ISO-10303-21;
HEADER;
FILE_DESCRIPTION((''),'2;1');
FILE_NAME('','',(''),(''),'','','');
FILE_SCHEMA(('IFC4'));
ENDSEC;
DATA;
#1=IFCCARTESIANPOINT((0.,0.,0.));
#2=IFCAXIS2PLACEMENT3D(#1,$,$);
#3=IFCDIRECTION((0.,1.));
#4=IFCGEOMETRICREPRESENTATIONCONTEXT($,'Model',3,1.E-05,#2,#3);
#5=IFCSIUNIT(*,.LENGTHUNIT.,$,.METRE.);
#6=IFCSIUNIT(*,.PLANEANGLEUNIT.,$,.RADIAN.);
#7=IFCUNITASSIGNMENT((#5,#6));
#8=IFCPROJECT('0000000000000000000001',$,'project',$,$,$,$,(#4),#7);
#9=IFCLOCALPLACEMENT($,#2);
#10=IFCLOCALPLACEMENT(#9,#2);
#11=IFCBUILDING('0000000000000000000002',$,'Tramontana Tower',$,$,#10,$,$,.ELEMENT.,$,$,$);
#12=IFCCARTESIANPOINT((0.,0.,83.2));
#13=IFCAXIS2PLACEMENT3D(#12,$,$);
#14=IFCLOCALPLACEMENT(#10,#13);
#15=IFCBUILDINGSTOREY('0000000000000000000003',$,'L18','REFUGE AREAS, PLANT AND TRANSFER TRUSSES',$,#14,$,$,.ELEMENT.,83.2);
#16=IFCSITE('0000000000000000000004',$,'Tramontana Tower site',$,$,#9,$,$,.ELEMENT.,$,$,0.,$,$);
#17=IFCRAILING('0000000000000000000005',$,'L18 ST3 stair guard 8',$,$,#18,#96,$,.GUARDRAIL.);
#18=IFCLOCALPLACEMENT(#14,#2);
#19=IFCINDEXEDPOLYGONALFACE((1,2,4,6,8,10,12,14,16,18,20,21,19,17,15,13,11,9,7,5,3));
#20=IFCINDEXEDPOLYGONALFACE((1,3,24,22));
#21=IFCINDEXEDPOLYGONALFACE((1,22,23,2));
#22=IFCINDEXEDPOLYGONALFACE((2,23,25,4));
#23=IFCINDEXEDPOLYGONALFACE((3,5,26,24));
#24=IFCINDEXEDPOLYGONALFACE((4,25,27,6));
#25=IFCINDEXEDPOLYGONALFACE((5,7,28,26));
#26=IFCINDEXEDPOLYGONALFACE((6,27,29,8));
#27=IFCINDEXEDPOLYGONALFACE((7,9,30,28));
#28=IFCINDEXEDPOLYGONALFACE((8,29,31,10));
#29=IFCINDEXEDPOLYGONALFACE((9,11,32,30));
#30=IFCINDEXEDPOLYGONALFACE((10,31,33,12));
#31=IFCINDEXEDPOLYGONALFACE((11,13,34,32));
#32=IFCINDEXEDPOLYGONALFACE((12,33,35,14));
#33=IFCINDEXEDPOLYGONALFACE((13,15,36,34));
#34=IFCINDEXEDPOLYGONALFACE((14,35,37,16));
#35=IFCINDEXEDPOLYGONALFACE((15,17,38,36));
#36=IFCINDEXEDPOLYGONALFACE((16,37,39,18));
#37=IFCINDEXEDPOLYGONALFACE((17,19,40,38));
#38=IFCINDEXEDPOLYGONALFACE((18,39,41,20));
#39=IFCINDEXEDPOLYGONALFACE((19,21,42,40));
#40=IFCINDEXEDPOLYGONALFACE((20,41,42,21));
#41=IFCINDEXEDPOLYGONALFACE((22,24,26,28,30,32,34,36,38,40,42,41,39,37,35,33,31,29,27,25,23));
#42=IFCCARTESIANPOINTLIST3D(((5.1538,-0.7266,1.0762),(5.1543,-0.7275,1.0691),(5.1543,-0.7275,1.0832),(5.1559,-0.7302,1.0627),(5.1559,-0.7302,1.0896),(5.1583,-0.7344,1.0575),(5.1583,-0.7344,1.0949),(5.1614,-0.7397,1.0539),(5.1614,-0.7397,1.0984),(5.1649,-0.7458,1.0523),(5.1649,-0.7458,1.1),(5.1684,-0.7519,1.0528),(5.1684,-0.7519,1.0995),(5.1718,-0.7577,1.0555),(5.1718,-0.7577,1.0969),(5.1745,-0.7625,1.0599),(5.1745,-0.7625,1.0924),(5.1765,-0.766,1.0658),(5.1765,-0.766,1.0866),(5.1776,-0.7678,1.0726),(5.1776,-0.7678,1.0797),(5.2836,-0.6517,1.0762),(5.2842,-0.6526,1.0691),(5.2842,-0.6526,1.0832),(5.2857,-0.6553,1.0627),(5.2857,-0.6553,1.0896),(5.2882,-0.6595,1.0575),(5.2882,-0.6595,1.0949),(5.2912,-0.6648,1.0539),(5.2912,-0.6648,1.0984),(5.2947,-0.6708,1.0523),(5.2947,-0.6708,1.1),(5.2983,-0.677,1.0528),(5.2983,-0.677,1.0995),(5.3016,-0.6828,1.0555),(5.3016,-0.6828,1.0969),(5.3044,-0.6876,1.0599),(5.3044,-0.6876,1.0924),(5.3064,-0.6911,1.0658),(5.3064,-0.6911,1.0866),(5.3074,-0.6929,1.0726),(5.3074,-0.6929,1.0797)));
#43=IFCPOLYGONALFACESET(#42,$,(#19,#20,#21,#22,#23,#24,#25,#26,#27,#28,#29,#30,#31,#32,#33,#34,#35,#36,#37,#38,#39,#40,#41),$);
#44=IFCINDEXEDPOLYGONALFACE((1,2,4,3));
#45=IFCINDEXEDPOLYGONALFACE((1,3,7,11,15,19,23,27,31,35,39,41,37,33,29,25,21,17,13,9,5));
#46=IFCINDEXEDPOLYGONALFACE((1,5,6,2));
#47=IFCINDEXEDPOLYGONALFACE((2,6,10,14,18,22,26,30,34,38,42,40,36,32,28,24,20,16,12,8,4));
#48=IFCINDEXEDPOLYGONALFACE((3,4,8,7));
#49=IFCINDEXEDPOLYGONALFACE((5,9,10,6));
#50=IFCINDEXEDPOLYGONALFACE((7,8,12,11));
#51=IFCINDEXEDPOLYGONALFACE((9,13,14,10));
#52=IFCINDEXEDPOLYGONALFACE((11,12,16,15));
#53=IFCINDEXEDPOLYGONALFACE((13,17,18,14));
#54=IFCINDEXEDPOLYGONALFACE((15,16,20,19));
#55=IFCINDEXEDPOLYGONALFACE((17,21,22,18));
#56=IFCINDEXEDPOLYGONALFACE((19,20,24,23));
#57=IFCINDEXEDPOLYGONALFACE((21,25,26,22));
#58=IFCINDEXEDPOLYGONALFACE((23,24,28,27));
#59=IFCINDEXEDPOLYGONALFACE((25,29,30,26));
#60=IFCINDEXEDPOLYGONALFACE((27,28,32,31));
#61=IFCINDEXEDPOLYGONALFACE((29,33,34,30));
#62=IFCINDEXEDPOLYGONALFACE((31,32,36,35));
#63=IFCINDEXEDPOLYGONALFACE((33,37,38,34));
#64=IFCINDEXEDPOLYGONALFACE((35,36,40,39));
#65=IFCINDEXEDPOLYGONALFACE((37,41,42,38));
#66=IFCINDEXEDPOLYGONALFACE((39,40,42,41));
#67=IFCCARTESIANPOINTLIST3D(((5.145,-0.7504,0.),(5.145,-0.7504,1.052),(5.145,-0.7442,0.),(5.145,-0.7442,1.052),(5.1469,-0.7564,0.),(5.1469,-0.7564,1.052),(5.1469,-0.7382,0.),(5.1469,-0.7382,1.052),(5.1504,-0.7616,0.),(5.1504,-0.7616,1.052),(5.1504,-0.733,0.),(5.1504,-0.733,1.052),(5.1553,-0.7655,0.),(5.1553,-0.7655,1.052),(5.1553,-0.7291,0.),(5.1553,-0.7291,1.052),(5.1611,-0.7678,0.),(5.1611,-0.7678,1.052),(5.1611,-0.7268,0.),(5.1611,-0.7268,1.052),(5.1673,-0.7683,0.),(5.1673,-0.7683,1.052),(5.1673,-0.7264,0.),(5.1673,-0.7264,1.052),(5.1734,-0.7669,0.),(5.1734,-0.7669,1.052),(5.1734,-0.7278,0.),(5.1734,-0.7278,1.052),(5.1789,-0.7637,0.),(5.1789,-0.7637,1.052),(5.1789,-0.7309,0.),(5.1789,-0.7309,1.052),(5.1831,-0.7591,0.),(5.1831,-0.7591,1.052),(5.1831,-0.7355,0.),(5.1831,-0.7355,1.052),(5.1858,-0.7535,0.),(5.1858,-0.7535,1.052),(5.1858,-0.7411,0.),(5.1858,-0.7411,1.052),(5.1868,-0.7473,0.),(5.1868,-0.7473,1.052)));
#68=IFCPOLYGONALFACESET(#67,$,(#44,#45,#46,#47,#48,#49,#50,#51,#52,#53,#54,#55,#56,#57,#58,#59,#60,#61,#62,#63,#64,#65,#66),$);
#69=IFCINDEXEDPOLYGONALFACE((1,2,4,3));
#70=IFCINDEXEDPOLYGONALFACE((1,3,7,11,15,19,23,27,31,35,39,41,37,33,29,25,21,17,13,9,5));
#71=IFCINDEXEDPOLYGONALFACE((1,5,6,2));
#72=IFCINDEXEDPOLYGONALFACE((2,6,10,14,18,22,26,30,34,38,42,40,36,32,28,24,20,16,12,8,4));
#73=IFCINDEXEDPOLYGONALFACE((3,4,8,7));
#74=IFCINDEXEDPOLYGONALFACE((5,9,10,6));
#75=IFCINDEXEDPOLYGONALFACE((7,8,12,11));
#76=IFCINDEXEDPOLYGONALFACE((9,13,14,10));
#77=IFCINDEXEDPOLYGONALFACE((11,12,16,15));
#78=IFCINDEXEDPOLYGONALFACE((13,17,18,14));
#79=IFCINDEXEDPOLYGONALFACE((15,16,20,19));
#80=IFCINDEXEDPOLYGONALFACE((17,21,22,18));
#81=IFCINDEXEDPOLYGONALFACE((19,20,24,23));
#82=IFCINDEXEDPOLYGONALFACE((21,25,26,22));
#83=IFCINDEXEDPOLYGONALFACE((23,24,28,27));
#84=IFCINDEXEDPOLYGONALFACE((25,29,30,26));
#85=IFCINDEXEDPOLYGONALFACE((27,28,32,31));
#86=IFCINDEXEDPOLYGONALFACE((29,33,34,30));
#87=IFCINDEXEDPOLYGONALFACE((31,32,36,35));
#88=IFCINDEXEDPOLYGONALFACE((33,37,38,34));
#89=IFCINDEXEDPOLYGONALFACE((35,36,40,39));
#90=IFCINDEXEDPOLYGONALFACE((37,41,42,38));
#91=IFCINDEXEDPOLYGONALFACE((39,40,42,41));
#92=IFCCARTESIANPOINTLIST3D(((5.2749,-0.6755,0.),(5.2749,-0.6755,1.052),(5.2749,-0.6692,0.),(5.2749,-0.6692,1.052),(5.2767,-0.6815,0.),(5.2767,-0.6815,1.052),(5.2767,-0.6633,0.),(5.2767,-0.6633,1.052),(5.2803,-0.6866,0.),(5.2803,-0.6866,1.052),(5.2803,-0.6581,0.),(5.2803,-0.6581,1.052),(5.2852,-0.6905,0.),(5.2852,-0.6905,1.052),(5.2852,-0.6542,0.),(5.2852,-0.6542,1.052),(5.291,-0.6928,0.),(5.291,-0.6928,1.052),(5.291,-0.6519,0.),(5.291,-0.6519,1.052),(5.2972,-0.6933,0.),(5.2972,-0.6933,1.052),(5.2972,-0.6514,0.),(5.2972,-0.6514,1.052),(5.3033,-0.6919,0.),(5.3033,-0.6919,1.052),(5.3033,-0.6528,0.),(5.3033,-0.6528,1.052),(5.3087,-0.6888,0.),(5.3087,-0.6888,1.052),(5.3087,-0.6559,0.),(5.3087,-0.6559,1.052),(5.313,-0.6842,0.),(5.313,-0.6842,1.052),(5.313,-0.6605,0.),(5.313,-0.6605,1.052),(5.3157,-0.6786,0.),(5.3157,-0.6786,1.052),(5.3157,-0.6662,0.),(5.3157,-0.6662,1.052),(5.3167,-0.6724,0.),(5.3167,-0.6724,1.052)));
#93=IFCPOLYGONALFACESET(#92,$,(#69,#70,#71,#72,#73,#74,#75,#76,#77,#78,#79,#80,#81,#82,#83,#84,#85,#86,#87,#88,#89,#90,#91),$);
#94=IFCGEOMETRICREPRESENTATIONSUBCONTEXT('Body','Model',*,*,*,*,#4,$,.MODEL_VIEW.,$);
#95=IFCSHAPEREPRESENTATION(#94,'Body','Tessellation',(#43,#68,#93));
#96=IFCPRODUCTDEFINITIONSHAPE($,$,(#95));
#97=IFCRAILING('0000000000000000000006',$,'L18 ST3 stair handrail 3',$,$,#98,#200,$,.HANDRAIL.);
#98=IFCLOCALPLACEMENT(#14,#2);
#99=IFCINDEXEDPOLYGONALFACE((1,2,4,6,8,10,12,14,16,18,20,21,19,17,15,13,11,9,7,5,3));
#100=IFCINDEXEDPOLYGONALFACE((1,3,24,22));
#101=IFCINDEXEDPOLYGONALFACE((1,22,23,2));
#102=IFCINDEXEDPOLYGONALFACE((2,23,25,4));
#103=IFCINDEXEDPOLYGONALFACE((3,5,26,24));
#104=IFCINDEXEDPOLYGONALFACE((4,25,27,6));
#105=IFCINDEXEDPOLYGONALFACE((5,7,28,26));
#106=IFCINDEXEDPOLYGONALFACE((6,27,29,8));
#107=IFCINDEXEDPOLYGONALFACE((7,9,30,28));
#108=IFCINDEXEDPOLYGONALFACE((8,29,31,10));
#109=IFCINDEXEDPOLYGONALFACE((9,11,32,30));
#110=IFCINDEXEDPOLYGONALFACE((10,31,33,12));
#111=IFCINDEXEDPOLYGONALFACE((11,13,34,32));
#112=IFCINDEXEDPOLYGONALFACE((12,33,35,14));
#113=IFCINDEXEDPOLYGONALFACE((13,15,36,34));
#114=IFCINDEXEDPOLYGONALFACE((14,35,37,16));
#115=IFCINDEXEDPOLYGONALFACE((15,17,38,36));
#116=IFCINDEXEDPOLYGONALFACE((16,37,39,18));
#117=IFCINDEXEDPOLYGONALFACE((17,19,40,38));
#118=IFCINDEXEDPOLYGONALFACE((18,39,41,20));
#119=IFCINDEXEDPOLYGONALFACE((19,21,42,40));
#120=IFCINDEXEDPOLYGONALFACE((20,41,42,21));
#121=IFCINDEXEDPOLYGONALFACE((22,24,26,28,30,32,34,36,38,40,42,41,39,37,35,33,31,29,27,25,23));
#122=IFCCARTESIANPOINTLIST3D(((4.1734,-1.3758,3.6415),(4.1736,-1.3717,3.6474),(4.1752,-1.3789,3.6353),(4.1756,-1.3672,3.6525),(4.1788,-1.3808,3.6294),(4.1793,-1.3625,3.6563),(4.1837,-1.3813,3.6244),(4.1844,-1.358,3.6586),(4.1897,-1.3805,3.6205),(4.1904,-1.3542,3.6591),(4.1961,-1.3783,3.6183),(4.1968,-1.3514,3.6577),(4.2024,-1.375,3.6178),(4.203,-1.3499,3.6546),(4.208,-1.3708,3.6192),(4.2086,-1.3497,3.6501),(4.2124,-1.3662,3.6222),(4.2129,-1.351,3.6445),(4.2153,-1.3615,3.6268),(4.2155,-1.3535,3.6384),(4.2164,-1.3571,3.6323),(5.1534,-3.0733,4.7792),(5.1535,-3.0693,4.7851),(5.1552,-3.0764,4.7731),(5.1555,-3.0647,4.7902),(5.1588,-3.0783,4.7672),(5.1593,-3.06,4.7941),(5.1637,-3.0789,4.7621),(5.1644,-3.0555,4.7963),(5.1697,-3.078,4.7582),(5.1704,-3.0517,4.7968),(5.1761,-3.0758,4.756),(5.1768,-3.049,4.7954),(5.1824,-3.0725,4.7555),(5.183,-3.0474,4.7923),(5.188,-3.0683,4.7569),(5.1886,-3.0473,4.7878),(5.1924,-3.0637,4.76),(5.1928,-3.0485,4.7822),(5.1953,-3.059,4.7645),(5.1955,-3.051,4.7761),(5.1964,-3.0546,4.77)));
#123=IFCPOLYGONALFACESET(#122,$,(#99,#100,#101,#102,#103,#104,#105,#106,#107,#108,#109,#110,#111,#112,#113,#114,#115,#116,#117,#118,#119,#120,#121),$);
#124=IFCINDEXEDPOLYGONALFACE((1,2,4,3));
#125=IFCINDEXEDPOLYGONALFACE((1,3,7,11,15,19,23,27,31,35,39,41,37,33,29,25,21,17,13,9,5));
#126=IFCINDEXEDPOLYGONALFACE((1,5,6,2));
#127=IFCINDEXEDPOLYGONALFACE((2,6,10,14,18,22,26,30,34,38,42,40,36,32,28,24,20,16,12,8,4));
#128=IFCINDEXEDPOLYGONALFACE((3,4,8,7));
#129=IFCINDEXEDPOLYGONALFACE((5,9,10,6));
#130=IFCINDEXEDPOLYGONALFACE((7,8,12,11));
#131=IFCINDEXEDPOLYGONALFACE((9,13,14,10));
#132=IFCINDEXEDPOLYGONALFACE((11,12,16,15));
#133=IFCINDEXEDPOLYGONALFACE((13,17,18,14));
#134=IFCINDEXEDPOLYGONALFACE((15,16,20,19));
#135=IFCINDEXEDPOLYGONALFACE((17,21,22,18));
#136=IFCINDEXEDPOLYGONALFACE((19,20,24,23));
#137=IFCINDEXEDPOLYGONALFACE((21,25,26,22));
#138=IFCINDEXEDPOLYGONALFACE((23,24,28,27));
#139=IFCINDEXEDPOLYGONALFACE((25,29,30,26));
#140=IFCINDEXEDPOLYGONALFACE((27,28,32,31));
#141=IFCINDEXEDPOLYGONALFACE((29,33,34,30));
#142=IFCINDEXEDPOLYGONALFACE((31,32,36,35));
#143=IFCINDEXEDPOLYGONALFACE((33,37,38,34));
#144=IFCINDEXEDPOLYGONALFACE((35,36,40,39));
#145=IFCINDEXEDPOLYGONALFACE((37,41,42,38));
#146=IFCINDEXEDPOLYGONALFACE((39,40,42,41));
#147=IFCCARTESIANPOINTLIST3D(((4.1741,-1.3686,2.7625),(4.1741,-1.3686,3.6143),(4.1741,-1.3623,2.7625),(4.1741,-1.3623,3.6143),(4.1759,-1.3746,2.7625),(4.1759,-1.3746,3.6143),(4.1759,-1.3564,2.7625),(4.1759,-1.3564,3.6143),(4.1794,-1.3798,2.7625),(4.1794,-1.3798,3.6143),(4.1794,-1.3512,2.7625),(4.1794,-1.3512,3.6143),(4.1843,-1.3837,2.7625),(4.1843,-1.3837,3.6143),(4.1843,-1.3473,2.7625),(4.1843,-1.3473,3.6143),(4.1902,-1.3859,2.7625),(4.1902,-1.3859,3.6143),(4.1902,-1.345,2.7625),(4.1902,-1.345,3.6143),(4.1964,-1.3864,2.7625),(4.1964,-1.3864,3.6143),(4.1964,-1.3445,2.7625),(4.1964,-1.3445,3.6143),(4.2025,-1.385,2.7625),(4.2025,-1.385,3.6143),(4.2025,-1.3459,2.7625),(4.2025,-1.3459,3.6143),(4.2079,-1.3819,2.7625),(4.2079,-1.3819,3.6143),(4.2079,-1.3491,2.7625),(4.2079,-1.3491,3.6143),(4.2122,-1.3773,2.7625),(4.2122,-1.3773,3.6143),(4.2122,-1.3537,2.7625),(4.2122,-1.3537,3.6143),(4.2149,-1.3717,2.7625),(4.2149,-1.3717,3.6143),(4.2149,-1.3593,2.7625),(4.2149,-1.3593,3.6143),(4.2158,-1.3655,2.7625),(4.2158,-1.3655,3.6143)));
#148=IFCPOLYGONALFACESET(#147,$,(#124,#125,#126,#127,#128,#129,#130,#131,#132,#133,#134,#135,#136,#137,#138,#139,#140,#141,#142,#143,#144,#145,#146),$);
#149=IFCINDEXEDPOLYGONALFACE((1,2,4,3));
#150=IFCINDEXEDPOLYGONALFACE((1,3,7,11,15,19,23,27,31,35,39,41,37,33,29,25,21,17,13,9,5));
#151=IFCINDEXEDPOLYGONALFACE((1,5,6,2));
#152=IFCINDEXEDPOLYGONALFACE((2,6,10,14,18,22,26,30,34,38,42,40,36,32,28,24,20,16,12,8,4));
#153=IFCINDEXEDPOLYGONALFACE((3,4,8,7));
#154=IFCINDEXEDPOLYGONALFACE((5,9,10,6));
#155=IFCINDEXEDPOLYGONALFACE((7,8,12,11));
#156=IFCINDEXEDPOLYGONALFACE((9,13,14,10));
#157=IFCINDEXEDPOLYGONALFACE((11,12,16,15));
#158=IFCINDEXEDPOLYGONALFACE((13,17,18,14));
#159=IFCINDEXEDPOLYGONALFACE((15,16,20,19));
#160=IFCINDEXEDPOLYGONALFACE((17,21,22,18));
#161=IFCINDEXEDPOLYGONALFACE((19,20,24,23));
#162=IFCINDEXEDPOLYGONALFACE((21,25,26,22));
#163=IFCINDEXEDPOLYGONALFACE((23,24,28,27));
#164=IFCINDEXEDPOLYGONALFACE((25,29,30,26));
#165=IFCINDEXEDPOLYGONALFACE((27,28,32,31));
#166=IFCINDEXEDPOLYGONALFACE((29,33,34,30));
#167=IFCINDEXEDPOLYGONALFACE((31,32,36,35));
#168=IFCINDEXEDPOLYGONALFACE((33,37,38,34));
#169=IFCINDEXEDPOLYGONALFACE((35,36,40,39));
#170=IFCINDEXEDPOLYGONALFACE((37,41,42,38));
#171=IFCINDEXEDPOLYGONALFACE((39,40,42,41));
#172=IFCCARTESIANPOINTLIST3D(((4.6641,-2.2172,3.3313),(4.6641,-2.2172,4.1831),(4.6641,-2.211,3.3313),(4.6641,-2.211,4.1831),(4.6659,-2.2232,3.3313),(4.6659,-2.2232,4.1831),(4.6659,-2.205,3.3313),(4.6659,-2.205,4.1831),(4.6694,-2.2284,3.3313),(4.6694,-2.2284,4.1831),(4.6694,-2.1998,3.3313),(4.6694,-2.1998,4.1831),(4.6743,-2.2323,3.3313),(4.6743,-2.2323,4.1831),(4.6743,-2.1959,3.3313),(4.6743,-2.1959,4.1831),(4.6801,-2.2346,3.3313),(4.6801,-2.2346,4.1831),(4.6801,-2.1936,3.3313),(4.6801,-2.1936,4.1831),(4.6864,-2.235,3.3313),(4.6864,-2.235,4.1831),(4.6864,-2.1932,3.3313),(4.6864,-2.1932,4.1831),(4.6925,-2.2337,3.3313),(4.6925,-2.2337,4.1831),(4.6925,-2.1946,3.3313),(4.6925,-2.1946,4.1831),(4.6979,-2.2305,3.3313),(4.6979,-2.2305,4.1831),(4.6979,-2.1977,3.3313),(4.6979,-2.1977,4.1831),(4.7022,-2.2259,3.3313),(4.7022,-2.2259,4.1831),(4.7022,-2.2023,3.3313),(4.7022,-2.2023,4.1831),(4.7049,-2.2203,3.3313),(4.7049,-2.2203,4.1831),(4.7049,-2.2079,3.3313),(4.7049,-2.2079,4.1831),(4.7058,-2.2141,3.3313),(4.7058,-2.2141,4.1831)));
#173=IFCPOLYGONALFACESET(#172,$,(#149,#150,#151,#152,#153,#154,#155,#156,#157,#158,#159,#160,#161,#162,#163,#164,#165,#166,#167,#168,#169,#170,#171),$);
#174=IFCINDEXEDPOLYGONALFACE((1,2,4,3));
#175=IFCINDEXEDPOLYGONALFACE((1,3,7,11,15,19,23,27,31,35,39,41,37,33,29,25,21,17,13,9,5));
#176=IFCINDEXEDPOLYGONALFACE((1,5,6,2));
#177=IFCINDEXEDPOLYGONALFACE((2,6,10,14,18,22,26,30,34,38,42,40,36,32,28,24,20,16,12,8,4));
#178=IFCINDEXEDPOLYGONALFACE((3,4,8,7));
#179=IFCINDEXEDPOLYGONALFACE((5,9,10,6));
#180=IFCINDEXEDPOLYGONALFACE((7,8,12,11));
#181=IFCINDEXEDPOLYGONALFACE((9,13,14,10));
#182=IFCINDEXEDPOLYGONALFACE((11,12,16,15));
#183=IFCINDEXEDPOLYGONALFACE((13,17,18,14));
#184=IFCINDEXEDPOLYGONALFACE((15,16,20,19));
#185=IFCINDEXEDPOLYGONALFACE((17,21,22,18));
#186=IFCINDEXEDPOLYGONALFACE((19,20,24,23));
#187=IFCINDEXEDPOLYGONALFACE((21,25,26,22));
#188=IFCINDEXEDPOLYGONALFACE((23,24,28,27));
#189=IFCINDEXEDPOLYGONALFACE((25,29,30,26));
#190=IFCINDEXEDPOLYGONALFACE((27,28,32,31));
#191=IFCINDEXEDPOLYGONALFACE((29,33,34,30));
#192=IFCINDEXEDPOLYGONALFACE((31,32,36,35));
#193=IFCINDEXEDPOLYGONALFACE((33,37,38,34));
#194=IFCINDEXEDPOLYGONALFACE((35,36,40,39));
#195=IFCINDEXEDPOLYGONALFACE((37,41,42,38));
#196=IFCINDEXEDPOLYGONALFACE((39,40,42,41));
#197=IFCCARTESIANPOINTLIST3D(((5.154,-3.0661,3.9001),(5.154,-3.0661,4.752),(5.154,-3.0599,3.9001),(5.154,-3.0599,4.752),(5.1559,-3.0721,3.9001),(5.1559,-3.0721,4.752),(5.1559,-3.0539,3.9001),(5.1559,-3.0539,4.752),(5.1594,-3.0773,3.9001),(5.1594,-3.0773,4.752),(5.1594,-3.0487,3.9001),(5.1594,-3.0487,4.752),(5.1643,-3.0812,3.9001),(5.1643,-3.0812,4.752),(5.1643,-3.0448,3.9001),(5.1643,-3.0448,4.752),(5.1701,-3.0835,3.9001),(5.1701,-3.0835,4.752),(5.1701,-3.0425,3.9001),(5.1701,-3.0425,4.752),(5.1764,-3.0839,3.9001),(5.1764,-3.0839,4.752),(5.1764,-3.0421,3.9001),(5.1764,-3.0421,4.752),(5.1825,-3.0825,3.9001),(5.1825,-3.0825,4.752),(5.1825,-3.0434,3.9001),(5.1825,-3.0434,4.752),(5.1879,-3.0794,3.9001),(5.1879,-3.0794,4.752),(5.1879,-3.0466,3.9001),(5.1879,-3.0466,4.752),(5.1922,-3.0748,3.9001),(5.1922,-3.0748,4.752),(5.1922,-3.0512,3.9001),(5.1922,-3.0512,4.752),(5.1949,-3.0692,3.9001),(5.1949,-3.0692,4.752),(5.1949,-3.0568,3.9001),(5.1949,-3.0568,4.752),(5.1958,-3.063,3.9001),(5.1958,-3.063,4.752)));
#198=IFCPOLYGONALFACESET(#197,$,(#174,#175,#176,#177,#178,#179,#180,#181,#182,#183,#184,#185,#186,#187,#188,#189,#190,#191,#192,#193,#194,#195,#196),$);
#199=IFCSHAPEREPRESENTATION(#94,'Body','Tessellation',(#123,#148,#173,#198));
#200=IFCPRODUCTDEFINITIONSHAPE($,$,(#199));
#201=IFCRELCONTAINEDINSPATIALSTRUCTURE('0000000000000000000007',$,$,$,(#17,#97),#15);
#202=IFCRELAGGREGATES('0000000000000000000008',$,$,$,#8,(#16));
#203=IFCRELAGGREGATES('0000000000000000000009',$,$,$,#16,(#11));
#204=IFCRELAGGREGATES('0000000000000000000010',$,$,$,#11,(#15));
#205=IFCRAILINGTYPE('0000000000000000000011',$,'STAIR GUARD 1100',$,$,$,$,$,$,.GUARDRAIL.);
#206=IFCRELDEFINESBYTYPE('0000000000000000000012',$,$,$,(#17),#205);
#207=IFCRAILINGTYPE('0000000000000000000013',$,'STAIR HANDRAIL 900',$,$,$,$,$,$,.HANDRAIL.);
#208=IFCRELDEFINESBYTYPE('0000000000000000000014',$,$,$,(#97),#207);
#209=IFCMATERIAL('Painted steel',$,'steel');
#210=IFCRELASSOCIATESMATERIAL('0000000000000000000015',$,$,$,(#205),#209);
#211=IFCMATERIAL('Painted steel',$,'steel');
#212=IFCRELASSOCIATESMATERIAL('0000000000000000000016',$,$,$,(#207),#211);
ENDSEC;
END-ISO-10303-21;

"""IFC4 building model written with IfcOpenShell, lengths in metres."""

from ifc_helpers import new_model, si_unit, direction, frame, origin, origin_2d, place, context, subcontext, project, spatial, circle, extrude, material, type_object, element, save


model = new_model("IFC4")

# Units and contexts
model_context = context("Model", 3, precision=1e-05, world=origin(), true_north=direction((0.0, 1.0)))
body_context = subcontext(model_context, "Body", "Model", "MODEL_VIEW")
ifc_project = project(units=[si_unit("LENGTHUNIT", "METRE"), si_unit("PLANEANGLEUNIT", "RADIAN")], contexts=[model_context])

# Site, building, storey
site_placement = place(None, origin())
site = spatial("IfcSite", under=ifc_project, at=site_placement, Name="Tramontana Tower site", CompositionType="ELEMENT", RefElevation=0.0)
building_placement = place(site_placement, origin())
building = spatial("IfcBuilding", under=site, at=building_placement, Name="Tramontana Tower", CompositionType="ELEMENT")
storey_placement = place(building_placement, frame((0.0, 0.0, 83.2)))
storey = spatial("IfcBuildingStorey", under=building, at=storey_placement, Name="L18", Description="REFUGE AREAS, PLANT AND TRANSFER TRUSSES", CompositionType="ELEMENT", Elevation=83.2)

# Railings
ifc_material_1 = material(Name="Painted steel", Category="steel")
railing_type_1 = type_object("IfcRailingType", Name="STAIR GUARD 1100", PredefinedType="GUARDRAIL", material=ifc_material_1)
for number, where, name in (
    (1, (5.1658, -0.7473, 0.0), "L18 ST3 stair guard 8"),
):
    element("IfcRailing", number, at=place(storey_placement, frame(where)), inside=storey, type_object=railing_type_1, Name=name, PredefinedType="GUARDRAIL", context=body_context, shape_type="SweptSolid", body=[
        extrude(circle(Radius=0.0239, at=origin_2d()), frame((0.0, 0.0, 1.0762), z_axis=(0.866131, 0.499816, 0.0), x_axis=(-0.499816, 0.866131, 0.0)), (0.0, 0.0, 1.0), 0.1499),
        extrude(circle(Radius=0.021, at=origin_2d()), origin(), (0.0, 0.0, 1.0), 1.052),
        extrude(circle(Radius=0.021, at=origin_2d()), frame((0.1299, 0.075, 0.0)), (0.0, 0.0, 1.0), 1.052),
    ])
ifc_material_2 = material(Name="Painted steel", Category="steel")
railing_type_2 = type_object("IfcRailingType", Name="STAIR HANDRAIL 900", PredefinedType="HANDRAIL", material=ifc_material_2)
railing_1_placement = place(storey_placement, frame((4.1948, -1.3655, 2.7625)))
element("IfcRailing", 2, at=railing_1_placement, inside=storey, type_object=railing_type_2, Name="L18 ST3 stair handrail 3", PredefinedType="HANDRAIL", context=body_context, shape_type="SweptSolid", body=[
    extrude(circle(Radius=0.0239, at=origin_2d()), frame((0.0, 0.0, 0.876), z_axis=(0.432409, -0.749013, 0.501999), x_axis=(0.866042, 0.49997, 0.0)), (0.0, 0.0, 1.0), 2.2664),
    extrude(circle(Radius=0.021, at=origin_2d()), origin(), (0.0, 0.0, 1.0), 0.8518),
    extrude(circle(Radius=0.021, at=origin_2d()), frame((0.49, -0.8486, 0.5688)), (0.0, 0.0, 1.0), 0.8518),
    extrude(circle(Radius=0.021, at=origin_2d()), frame((0.98, -1.6975, 1.1377)), (0.0, 0.0, 1.0), 0.8518),
])

save(model, "model.ifc")
